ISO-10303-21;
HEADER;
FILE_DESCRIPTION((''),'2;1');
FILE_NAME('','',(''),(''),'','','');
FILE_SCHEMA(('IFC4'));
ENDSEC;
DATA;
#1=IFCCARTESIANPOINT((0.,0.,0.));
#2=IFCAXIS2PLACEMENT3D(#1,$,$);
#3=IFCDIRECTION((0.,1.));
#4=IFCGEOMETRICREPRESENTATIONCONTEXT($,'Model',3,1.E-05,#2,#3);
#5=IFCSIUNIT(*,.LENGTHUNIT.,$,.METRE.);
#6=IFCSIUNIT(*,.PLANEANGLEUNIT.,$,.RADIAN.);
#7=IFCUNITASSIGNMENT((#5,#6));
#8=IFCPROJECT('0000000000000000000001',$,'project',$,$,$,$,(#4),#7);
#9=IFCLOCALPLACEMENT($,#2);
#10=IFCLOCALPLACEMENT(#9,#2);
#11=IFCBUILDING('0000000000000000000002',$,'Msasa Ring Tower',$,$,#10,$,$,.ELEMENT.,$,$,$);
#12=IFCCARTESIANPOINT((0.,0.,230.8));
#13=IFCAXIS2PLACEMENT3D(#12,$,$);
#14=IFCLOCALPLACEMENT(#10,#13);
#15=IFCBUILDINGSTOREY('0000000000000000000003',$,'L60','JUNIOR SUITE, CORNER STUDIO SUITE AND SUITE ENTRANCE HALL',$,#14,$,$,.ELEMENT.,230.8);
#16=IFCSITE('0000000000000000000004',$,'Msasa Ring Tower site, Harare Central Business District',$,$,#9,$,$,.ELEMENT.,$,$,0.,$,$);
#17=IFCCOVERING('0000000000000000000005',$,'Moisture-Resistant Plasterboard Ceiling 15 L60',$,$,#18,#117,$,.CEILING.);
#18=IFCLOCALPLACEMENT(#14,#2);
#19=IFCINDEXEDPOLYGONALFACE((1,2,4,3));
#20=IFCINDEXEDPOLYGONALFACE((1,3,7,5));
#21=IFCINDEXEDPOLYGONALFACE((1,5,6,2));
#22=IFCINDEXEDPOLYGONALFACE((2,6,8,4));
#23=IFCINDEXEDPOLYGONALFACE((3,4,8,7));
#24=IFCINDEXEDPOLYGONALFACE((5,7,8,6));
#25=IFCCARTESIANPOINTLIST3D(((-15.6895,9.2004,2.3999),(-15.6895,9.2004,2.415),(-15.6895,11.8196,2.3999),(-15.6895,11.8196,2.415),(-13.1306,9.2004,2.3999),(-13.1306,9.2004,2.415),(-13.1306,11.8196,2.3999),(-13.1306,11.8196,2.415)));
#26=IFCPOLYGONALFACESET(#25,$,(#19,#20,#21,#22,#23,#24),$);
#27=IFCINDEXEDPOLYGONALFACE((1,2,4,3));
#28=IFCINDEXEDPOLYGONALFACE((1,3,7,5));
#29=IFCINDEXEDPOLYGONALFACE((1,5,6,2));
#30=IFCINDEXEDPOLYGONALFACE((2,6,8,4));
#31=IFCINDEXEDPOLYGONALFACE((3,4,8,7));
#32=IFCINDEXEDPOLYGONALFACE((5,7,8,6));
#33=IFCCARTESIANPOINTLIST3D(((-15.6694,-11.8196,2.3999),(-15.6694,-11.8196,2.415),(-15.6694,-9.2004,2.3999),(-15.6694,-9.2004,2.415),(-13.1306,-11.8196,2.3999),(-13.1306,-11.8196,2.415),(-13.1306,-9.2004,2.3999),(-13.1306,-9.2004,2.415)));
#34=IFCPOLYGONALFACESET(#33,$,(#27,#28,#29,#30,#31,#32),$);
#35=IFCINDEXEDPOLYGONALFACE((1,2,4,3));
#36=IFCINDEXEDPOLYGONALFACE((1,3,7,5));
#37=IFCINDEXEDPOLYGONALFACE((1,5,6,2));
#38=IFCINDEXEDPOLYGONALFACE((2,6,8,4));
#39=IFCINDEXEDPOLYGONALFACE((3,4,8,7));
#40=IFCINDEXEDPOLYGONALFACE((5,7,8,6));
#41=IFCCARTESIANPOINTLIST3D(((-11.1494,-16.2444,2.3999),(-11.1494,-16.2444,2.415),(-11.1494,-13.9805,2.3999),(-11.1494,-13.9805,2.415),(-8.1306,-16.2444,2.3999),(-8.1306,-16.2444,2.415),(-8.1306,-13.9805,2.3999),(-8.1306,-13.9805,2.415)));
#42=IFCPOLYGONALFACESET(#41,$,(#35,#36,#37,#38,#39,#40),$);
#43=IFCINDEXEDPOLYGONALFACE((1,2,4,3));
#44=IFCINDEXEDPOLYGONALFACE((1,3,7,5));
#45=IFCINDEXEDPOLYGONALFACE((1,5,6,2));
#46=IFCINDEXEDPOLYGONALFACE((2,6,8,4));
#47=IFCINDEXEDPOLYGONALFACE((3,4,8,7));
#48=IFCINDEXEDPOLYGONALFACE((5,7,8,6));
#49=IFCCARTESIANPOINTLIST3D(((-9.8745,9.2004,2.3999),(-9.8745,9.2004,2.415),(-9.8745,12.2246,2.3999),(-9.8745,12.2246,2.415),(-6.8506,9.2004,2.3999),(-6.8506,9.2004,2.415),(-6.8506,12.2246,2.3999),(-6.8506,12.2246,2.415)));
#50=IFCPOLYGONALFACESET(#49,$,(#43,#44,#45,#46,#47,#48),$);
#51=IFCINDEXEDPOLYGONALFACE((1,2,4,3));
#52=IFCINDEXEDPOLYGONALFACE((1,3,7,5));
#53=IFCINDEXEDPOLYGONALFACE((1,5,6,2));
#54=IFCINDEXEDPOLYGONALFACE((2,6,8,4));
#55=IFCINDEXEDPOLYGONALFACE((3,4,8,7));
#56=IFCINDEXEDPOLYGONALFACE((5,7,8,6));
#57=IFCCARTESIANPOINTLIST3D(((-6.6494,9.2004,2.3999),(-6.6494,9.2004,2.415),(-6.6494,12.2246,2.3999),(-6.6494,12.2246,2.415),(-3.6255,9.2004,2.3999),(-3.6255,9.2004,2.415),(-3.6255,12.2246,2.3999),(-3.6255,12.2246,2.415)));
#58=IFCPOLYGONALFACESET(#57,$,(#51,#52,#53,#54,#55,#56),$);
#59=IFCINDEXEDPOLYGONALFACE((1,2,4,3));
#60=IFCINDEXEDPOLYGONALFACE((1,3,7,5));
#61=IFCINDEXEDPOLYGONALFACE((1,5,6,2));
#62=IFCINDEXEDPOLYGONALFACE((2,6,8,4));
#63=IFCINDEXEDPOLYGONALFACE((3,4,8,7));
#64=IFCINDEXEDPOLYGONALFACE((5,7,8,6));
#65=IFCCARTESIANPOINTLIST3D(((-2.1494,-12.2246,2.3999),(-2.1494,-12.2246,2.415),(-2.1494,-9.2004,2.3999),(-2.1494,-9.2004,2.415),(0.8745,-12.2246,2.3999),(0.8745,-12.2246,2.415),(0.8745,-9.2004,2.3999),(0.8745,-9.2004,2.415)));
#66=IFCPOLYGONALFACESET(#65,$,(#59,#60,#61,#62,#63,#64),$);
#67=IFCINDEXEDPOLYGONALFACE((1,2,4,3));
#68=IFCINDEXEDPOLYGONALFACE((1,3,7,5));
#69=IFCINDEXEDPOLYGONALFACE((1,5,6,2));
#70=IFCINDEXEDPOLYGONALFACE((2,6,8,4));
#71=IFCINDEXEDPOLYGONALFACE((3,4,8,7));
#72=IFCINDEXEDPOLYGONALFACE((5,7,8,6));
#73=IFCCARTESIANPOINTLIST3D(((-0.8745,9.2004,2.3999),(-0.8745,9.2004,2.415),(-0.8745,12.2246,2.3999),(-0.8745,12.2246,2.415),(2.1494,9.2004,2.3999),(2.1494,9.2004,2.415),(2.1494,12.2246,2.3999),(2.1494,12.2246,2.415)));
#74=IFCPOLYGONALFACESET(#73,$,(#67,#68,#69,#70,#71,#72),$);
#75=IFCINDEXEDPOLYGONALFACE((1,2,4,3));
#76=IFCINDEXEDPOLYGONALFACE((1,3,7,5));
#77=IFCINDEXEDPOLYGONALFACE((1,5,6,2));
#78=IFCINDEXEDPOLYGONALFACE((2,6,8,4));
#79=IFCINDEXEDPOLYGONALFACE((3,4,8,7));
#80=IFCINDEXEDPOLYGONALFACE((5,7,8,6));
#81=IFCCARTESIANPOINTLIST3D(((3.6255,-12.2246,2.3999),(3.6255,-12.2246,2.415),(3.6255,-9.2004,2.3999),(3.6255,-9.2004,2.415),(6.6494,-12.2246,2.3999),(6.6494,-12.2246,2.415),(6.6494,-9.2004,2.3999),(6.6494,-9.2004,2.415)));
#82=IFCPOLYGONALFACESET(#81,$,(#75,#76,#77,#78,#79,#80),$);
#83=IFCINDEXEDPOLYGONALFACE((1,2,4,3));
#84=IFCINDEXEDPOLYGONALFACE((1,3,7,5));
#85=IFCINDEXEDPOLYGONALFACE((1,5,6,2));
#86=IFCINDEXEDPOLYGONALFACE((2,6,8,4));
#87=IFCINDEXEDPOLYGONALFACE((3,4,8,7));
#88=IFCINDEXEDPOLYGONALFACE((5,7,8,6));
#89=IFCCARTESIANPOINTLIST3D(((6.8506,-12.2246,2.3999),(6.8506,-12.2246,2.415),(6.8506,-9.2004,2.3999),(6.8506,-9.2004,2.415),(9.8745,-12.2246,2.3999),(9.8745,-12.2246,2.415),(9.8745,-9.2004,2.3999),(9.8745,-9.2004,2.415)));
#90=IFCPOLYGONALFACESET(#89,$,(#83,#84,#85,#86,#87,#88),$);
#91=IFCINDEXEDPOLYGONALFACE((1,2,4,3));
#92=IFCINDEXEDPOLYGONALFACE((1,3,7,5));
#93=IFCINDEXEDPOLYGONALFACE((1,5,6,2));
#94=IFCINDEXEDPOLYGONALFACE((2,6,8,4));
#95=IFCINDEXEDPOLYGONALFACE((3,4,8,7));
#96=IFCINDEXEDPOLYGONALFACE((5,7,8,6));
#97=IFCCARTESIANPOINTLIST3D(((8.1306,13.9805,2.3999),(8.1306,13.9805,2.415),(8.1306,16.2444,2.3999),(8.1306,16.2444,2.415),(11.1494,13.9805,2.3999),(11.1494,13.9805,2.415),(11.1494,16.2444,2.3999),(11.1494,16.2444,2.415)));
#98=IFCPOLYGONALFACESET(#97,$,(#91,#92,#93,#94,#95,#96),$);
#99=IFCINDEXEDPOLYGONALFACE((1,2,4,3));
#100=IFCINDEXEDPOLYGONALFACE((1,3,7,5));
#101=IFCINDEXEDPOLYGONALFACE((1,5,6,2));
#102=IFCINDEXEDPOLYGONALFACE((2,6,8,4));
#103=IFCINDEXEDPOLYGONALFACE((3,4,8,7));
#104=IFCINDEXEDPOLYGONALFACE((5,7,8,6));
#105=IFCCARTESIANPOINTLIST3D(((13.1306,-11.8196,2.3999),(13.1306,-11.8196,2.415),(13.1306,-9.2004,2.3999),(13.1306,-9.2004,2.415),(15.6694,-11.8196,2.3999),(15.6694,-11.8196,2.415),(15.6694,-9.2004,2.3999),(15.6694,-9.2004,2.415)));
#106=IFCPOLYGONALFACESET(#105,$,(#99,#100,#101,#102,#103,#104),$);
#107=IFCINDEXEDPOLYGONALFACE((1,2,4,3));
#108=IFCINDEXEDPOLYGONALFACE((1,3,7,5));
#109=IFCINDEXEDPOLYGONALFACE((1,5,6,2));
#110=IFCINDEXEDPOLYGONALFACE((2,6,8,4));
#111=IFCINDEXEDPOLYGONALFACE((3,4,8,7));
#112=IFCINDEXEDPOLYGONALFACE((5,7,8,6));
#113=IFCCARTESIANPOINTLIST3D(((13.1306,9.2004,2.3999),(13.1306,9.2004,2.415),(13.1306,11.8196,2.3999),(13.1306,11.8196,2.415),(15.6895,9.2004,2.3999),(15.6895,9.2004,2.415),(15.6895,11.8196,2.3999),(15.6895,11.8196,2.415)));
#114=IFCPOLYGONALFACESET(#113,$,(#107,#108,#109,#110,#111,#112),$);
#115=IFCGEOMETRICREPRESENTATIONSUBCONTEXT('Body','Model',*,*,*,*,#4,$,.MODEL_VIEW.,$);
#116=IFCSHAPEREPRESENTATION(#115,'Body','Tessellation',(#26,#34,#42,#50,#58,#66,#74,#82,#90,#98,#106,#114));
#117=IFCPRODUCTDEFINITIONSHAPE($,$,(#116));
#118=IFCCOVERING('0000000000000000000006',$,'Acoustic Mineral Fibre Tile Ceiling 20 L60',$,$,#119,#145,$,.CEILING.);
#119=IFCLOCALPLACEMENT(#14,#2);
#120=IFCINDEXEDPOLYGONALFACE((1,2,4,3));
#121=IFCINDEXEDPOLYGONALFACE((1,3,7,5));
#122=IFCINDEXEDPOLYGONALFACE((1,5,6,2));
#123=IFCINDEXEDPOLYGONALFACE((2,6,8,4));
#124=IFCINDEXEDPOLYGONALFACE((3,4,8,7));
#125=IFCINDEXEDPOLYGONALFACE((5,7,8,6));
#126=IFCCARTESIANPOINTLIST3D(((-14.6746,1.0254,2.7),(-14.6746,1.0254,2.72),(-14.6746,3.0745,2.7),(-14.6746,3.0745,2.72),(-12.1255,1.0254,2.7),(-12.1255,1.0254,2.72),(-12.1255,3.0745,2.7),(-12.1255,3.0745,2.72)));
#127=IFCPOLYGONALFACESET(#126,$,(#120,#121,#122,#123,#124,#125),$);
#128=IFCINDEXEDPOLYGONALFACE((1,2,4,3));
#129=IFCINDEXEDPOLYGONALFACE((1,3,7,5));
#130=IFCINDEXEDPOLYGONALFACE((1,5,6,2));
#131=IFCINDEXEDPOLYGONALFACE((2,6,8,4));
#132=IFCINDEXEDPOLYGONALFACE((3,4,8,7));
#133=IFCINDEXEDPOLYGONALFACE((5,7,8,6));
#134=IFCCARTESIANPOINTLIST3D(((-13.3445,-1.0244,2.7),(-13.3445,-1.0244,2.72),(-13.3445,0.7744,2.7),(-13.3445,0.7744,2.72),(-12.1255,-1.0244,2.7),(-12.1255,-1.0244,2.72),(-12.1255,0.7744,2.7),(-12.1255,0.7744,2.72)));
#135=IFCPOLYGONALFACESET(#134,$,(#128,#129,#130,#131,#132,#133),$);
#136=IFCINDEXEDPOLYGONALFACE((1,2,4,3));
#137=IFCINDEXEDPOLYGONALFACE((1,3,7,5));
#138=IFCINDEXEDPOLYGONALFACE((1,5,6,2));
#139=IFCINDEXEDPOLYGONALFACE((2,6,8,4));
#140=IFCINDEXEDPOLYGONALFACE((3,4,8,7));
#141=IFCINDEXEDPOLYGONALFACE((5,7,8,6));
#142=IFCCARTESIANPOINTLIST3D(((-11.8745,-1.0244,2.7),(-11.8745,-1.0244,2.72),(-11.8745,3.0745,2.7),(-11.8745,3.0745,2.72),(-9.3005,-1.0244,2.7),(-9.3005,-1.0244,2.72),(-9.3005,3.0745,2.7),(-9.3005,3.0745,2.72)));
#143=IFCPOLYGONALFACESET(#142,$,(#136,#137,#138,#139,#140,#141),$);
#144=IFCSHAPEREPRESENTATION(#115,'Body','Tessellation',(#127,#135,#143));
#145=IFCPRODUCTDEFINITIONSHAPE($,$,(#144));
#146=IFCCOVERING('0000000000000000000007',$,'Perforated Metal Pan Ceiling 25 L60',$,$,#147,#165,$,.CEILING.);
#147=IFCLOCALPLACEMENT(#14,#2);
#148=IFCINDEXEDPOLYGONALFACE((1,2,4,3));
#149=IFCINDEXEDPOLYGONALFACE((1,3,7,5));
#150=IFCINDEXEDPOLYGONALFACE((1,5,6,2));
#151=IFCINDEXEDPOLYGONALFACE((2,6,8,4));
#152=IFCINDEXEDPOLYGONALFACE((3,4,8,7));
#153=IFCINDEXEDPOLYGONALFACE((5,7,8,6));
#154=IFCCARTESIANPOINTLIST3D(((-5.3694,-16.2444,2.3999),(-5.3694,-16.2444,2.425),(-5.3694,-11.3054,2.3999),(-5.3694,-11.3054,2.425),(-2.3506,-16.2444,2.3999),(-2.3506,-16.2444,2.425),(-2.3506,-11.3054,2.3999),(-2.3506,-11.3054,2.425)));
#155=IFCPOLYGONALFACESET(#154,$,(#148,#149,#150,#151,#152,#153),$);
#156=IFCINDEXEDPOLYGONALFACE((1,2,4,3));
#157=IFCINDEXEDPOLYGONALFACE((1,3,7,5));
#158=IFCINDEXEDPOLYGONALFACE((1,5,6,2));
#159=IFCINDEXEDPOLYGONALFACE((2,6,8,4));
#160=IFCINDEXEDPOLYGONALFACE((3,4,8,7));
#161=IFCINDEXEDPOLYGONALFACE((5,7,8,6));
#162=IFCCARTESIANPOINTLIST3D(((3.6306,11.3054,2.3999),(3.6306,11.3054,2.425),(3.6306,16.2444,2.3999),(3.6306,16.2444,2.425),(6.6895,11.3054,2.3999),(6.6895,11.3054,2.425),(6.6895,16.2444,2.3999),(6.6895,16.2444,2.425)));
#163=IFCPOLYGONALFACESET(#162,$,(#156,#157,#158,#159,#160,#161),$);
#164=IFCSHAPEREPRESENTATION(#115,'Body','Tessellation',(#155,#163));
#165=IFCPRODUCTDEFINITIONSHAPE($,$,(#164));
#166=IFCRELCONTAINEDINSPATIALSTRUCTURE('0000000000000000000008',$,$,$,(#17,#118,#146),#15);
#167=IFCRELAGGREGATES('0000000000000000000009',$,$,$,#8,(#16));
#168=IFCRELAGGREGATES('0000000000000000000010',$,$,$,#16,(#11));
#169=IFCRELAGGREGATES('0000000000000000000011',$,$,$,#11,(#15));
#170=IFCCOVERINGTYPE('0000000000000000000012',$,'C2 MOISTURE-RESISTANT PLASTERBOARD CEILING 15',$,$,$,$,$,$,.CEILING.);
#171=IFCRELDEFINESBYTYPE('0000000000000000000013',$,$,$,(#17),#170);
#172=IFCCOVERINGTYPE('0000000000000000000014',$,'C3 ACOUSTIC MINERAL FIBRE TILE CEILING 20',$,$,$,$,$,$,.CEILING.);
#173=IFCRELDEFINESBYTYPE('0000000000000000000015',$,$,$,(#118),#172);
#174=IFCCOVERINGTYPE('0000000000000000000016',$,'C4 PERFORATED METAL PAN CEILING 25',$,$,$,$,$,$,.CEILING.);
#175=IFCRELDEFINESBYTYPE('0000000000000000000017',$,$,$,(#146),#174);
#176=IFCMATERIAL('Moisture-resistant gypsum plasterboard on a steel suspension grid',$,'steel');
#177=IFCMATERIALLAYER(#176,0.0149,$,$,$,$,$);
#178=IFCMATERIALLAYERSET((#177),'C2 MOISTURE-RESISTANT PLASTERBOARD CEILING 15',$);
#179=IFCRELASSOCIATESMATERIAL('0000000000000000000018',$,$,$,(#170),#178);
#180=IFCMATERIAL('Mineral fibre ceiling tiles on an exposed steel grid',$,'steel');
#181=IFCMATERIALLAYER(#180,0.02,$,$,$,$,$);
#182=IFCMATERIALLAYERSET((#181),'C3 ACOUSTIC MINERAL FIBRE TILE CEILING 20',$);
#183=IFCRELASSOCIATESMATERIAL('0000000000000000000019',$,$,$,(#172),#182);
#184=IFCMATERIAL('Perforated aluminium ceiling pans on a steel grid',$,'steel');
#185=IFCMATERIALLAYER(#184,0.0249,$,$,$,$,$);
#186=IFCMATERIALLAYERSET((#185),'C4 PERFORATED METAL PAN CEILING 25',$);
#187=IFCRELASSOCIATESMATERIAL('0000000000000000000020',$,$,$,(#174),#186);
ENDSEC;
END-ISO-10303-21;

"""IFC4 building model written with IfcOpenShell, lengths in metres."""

from ifc_helpers import new_model, si_unit, direction, frame, origin, place, context, subcontext, project, spatial, line, indexed_curve, outline, extrude, material, layer, layer_set, type_object, element, save


model = new_model("IFC4")

# Units and contexts
model_context = context("Model", 3, precision=1e-05, world=origin(), true_north=direction((0.0, 1.0)))
body_context = subcontext(model_context, "Body", "Model", "MODEL_VIEW")
ifc_project = project(units=[si_unit("LENGTHUNIT", "METRE"), si_unit("PLANEANGLEUNIT", "RADIAN")], contexts=[model_context])

# Site, building, storey
site_placement = place(None, origin())
site = spatial("IfcSite", under=ifc_project, at=site_placement, Name="Msasa Ring Tower site, Harare Central Business District", CompositionType="ELEMENT", RefElevation=0.0)
building_placement = place(site_placement, origin())
building = spatial("IfcBuilding", under=site, at=building_placement, Name="Msasa Ring Tower", CompositionType="ELEMENT")
storey_placement = place(building_placement, frame((0.0, 0.0, 230.8)))
storey = spatial("IfcBuildingStorey", under=building, at=storey_placement, Name="L60", Description="JUNIOR SUITE, CORNER STUDIO SUITE AND SUITE ENTRANCE HALL", CompositionType="ELEMENT", Elevation=230.8)

# Coverings
ifc_material_1 = material(Name="Moisture-resistant gypsum plasterboard on a steel suspension grid", Category="steel")
ifc_layer_1 = layer(ifc_material_1, 0.0149)
ifc_layer_set_1 = layer_set([ifc_layer_1], Name="C2 MOISTURE-RESISTANT PLASTERBOARD CEILING 15")
covering_type_1 = type_object("IfcCoveringType", Name="C2 MOISTURE-RESISTANT PLASTERBOARD CEILING 15", PredefinedType="CEILING", material=ifc_layer_set_1)
covering_1_placement = place(storey_placement, frame((0.0, 0.0, 2.3999)))
element("IfcCovering", 1, at=covering_1_placement, inside=storey, type_object=covering_type_1, Name="Moisture-Resistant Plasterboard Ceiling 15 L60", PredefinedType="CEILING", context=body_context, shape_type="SweptSolid", body=[
    extrude(outline(indexed_curve([(-15.6895, 9.2004), (-15.6895, 11.8196), (-13.1306, 11.8196), (-13.1306, 9.2004)], segments=[line(1, 2, 3, 4, 1)], self_intersect=False)), origin(), (0.0, 0.0, 1.0), 0.0151),
    extrude(outline(indexed_curve([(-15.6694, -9.2004), (-13.1306, -9.2004), (-13.1306, -11.8196), (-15.6694, -11.8196)], segments=[line(1, 2, 3, 4, 1)], self_intersect=False)), origin(), (0.0, 0.0, 1.0), 0.0151),
    extrude(outline(indexed_curve([(-11.1494, -16.2444), (-11.1494, -13.9805), (-8.1306, -13.9805), (-8.1306, -16.2444)], segments=[line(1, 2, 3, 4, 1)], self_intersect=False)), origin(), (0.0, 0.0, 1.0), 0.0151),
    extrude(outline(indexed_curve([(-9.8745, 9.2004), (-9.8745, 12.2246), (-6.8506, 12.2246), (-6.8506, 9.2004)], segments=[line(1, 2, 3, 4, 1)], self_intersect=False)), origin(), (0.0, 0.0, 1.0), 0.0151),
    extrude(outline(indexed_curve([(-6.6494, 9.2004), (-6.6494, 12.2246), (-3.6255, 12.2246), (-3.6255, 9.2004)], segments=[line(1, 2, 3, 4, 1)], self_intersect=False)), origin(), (0.0, 0.0, 1.0), 0.0151),
    extrude(outline(indexed_curve([(-2.1494, -9.2004), (0.8745, -9.2004), (0.8745, -12.2246), (-2.1494, -12.2246)], segments=[line(1, 2, 3, 4, 1)], self_intersect=False)), origin(), (0.0, 0.0, 1.0), 0.0151),
    extrude(outline(indexed_curve([(2.1494, 9.2004), (-0.8745, 9.2004), (-0.8745, 12.2246), (2.1494, 12.2246)], segments=[line(1, 2, 3, 4, 1)], self_intersect=False)), origin(), (0.0, 0.0, 1.0), 0.0151),
    extrude(outline(indexed_curve([(6.6494, -9.2004), (6.6494, -12.2246), (3.6255, -12.2246), (3.6255, -9.2004)], segments=[line(1, 2, 3, 4, 1)], self_intersect=False)), origin(), (0.0, 0.0, 1.0), 0.0151),
    extrude(outline(indexed_curve([(9.8745, -9.2004), (9.8745, -12.2246), (6.8506, -12.2246), (6.8506, -9.2004)], segments=[line(1, 2, 3, 4, 1)], self_intersect=False)), origin(), (0.0, 0.0, 1.0), 0.0151),
    extrude(outline(indexed_curve([(8.1306, 16.2444), (11.1494, 16.2444), (11.1494, 13.9805), (8.1306, 13.9805)], segments=[line(1, 2, 3, 4, 1)], self_intersect=False)), origin(), (0.0, 0.0, 1.0), 0.0151),
    extrude(outline(indexed_curve([(13.1306, -9.2004), (15.6694, -9.2004), (15.6694, -11.8196), (13.1306, -11.8196)], segments=[line(1, 2, 3, 4, 1)], self_intersect=False)), origin(), (0.0, 0.0, 1.0), 0.0151),
    extrude(outline(indexed_curve([(13.1306, 9.2004), (13.1306, 11.8196), (15.6895, 11.8196), (15.6895, 9.2004)], segments=[line(1, 2, 3, 4, 1)], self_intersect=False)), origin(), (0.0, 0.0, 1.0), 0.0151),
])
ifc_material_2 = material(Name="Mineral fibre ceiling tiles on an exposed steel grid", Category="steel")
ifc_layer_2 = layer(ifc_material_2, 0.02)
ifc_layer_set_2 = layer_set([ifc_layer_2], Name="C3 ACOUSTIC MINERAL FIBRE TILE CEILING 20")
covering_type_2 = type_object("IfcCoveringType", Name="C3 ACOUSTIC MINERAL FIBRE TILE CEILING 20", PredefinedType="CEILING", material=ifc_layer_set_2)
covering_2_placement = place(storey_placement, frame((0.0, 0.0, 2.7)))
element("IfcCovering", 2, at=covering_2_placement, inside=storey, type_object=covering_type_2, Name="Acoustic Mineral Fibre Tile Ceiling 20 L60", PredefinedType="CEILING", context=body_context, shape_type="SweptSolid", body=[
    extrude(outline(indexed_curve([(-12.1255, 1.0254), (-14.6746, 1.0254), (-14.6746, 3.0745), (-12.1255, 3.0745)], segments=[line(1, 2, 3, 4, 1)], self_intersect=False)), origin(), (0.0, 0.0, 1.0), 0.02),
    extrude(outline(indexed_curve([(-12.1255, -1.0244), (-13.3445, -1.0244), (-13.3445, 0.7744), (-12.1255, 0.7744)], segments=[line(1, 2, 3, 4, 1)], self_intersect=False)), origin(), (0.0, 0.0, 1.0), 0.02),
    extrude(outline(indexed_curve([(-9.3005, -1.0244), (-11.8745, -1.0244), (-11.8745, 3.0745), (-9.3005, 3.0745)], segments=[line(1, 2, 3, 4, 1)], self_intersect=False)), origin(), (0.0, 0.0, 1.0), 0.02),
])
ifc_material_3 = material(Name="Perforated aluminium ceiling pans on a steel grid", Category="steel")
ifc_layer_3 = layer(ifc_material_3, 0.0249)
ifc_layer_set_3 = layer_set([ifc_layer_3], Name="C4 PERFORATED METAL PAN CEILING 25")
covering_type_3 = type_object("IfcCoveringType", Name="C4 PERFORATED METAL PAN CEILING 25", PredefinedType="CEILING", material=ifc_layer_set_3)
covering_3_placement = place(storey_placement, frame((0.0, 0.0, 2.3999)))
element("IfcCovering", 3, at=covering_3_placement, inside=storey, type_object=covering_type_3, Name="Perforated Metal Pan Ceiling 25 L60", PredefinedType="CEILING", context=body_context, shape_type="SweptSolid", body=[
    extrude(outline(indexed_curve([(-2.3506, -11.3054), (-2.3506, -16.2444), (-5.3694, -16.2444), (-5.3694, -11.3054)], segments=[line(1, 2, 3, 4, 1)], self_intersect=False)), origin(), (0.0, 0.0, 1.0), 0.0251),
    extrude(outline(indexed_curve([(6.6895, 16.2444), (6.6895, 11.3054), (3.6306, 11.3054), (3.6306, 16.2444)], segments=[line(1, 2, 3, 4, 1)], self_intersect=False)), origin(), (0.0, 0.0, 1.0), 0.0251),
])

save(model, "model.ifc")
